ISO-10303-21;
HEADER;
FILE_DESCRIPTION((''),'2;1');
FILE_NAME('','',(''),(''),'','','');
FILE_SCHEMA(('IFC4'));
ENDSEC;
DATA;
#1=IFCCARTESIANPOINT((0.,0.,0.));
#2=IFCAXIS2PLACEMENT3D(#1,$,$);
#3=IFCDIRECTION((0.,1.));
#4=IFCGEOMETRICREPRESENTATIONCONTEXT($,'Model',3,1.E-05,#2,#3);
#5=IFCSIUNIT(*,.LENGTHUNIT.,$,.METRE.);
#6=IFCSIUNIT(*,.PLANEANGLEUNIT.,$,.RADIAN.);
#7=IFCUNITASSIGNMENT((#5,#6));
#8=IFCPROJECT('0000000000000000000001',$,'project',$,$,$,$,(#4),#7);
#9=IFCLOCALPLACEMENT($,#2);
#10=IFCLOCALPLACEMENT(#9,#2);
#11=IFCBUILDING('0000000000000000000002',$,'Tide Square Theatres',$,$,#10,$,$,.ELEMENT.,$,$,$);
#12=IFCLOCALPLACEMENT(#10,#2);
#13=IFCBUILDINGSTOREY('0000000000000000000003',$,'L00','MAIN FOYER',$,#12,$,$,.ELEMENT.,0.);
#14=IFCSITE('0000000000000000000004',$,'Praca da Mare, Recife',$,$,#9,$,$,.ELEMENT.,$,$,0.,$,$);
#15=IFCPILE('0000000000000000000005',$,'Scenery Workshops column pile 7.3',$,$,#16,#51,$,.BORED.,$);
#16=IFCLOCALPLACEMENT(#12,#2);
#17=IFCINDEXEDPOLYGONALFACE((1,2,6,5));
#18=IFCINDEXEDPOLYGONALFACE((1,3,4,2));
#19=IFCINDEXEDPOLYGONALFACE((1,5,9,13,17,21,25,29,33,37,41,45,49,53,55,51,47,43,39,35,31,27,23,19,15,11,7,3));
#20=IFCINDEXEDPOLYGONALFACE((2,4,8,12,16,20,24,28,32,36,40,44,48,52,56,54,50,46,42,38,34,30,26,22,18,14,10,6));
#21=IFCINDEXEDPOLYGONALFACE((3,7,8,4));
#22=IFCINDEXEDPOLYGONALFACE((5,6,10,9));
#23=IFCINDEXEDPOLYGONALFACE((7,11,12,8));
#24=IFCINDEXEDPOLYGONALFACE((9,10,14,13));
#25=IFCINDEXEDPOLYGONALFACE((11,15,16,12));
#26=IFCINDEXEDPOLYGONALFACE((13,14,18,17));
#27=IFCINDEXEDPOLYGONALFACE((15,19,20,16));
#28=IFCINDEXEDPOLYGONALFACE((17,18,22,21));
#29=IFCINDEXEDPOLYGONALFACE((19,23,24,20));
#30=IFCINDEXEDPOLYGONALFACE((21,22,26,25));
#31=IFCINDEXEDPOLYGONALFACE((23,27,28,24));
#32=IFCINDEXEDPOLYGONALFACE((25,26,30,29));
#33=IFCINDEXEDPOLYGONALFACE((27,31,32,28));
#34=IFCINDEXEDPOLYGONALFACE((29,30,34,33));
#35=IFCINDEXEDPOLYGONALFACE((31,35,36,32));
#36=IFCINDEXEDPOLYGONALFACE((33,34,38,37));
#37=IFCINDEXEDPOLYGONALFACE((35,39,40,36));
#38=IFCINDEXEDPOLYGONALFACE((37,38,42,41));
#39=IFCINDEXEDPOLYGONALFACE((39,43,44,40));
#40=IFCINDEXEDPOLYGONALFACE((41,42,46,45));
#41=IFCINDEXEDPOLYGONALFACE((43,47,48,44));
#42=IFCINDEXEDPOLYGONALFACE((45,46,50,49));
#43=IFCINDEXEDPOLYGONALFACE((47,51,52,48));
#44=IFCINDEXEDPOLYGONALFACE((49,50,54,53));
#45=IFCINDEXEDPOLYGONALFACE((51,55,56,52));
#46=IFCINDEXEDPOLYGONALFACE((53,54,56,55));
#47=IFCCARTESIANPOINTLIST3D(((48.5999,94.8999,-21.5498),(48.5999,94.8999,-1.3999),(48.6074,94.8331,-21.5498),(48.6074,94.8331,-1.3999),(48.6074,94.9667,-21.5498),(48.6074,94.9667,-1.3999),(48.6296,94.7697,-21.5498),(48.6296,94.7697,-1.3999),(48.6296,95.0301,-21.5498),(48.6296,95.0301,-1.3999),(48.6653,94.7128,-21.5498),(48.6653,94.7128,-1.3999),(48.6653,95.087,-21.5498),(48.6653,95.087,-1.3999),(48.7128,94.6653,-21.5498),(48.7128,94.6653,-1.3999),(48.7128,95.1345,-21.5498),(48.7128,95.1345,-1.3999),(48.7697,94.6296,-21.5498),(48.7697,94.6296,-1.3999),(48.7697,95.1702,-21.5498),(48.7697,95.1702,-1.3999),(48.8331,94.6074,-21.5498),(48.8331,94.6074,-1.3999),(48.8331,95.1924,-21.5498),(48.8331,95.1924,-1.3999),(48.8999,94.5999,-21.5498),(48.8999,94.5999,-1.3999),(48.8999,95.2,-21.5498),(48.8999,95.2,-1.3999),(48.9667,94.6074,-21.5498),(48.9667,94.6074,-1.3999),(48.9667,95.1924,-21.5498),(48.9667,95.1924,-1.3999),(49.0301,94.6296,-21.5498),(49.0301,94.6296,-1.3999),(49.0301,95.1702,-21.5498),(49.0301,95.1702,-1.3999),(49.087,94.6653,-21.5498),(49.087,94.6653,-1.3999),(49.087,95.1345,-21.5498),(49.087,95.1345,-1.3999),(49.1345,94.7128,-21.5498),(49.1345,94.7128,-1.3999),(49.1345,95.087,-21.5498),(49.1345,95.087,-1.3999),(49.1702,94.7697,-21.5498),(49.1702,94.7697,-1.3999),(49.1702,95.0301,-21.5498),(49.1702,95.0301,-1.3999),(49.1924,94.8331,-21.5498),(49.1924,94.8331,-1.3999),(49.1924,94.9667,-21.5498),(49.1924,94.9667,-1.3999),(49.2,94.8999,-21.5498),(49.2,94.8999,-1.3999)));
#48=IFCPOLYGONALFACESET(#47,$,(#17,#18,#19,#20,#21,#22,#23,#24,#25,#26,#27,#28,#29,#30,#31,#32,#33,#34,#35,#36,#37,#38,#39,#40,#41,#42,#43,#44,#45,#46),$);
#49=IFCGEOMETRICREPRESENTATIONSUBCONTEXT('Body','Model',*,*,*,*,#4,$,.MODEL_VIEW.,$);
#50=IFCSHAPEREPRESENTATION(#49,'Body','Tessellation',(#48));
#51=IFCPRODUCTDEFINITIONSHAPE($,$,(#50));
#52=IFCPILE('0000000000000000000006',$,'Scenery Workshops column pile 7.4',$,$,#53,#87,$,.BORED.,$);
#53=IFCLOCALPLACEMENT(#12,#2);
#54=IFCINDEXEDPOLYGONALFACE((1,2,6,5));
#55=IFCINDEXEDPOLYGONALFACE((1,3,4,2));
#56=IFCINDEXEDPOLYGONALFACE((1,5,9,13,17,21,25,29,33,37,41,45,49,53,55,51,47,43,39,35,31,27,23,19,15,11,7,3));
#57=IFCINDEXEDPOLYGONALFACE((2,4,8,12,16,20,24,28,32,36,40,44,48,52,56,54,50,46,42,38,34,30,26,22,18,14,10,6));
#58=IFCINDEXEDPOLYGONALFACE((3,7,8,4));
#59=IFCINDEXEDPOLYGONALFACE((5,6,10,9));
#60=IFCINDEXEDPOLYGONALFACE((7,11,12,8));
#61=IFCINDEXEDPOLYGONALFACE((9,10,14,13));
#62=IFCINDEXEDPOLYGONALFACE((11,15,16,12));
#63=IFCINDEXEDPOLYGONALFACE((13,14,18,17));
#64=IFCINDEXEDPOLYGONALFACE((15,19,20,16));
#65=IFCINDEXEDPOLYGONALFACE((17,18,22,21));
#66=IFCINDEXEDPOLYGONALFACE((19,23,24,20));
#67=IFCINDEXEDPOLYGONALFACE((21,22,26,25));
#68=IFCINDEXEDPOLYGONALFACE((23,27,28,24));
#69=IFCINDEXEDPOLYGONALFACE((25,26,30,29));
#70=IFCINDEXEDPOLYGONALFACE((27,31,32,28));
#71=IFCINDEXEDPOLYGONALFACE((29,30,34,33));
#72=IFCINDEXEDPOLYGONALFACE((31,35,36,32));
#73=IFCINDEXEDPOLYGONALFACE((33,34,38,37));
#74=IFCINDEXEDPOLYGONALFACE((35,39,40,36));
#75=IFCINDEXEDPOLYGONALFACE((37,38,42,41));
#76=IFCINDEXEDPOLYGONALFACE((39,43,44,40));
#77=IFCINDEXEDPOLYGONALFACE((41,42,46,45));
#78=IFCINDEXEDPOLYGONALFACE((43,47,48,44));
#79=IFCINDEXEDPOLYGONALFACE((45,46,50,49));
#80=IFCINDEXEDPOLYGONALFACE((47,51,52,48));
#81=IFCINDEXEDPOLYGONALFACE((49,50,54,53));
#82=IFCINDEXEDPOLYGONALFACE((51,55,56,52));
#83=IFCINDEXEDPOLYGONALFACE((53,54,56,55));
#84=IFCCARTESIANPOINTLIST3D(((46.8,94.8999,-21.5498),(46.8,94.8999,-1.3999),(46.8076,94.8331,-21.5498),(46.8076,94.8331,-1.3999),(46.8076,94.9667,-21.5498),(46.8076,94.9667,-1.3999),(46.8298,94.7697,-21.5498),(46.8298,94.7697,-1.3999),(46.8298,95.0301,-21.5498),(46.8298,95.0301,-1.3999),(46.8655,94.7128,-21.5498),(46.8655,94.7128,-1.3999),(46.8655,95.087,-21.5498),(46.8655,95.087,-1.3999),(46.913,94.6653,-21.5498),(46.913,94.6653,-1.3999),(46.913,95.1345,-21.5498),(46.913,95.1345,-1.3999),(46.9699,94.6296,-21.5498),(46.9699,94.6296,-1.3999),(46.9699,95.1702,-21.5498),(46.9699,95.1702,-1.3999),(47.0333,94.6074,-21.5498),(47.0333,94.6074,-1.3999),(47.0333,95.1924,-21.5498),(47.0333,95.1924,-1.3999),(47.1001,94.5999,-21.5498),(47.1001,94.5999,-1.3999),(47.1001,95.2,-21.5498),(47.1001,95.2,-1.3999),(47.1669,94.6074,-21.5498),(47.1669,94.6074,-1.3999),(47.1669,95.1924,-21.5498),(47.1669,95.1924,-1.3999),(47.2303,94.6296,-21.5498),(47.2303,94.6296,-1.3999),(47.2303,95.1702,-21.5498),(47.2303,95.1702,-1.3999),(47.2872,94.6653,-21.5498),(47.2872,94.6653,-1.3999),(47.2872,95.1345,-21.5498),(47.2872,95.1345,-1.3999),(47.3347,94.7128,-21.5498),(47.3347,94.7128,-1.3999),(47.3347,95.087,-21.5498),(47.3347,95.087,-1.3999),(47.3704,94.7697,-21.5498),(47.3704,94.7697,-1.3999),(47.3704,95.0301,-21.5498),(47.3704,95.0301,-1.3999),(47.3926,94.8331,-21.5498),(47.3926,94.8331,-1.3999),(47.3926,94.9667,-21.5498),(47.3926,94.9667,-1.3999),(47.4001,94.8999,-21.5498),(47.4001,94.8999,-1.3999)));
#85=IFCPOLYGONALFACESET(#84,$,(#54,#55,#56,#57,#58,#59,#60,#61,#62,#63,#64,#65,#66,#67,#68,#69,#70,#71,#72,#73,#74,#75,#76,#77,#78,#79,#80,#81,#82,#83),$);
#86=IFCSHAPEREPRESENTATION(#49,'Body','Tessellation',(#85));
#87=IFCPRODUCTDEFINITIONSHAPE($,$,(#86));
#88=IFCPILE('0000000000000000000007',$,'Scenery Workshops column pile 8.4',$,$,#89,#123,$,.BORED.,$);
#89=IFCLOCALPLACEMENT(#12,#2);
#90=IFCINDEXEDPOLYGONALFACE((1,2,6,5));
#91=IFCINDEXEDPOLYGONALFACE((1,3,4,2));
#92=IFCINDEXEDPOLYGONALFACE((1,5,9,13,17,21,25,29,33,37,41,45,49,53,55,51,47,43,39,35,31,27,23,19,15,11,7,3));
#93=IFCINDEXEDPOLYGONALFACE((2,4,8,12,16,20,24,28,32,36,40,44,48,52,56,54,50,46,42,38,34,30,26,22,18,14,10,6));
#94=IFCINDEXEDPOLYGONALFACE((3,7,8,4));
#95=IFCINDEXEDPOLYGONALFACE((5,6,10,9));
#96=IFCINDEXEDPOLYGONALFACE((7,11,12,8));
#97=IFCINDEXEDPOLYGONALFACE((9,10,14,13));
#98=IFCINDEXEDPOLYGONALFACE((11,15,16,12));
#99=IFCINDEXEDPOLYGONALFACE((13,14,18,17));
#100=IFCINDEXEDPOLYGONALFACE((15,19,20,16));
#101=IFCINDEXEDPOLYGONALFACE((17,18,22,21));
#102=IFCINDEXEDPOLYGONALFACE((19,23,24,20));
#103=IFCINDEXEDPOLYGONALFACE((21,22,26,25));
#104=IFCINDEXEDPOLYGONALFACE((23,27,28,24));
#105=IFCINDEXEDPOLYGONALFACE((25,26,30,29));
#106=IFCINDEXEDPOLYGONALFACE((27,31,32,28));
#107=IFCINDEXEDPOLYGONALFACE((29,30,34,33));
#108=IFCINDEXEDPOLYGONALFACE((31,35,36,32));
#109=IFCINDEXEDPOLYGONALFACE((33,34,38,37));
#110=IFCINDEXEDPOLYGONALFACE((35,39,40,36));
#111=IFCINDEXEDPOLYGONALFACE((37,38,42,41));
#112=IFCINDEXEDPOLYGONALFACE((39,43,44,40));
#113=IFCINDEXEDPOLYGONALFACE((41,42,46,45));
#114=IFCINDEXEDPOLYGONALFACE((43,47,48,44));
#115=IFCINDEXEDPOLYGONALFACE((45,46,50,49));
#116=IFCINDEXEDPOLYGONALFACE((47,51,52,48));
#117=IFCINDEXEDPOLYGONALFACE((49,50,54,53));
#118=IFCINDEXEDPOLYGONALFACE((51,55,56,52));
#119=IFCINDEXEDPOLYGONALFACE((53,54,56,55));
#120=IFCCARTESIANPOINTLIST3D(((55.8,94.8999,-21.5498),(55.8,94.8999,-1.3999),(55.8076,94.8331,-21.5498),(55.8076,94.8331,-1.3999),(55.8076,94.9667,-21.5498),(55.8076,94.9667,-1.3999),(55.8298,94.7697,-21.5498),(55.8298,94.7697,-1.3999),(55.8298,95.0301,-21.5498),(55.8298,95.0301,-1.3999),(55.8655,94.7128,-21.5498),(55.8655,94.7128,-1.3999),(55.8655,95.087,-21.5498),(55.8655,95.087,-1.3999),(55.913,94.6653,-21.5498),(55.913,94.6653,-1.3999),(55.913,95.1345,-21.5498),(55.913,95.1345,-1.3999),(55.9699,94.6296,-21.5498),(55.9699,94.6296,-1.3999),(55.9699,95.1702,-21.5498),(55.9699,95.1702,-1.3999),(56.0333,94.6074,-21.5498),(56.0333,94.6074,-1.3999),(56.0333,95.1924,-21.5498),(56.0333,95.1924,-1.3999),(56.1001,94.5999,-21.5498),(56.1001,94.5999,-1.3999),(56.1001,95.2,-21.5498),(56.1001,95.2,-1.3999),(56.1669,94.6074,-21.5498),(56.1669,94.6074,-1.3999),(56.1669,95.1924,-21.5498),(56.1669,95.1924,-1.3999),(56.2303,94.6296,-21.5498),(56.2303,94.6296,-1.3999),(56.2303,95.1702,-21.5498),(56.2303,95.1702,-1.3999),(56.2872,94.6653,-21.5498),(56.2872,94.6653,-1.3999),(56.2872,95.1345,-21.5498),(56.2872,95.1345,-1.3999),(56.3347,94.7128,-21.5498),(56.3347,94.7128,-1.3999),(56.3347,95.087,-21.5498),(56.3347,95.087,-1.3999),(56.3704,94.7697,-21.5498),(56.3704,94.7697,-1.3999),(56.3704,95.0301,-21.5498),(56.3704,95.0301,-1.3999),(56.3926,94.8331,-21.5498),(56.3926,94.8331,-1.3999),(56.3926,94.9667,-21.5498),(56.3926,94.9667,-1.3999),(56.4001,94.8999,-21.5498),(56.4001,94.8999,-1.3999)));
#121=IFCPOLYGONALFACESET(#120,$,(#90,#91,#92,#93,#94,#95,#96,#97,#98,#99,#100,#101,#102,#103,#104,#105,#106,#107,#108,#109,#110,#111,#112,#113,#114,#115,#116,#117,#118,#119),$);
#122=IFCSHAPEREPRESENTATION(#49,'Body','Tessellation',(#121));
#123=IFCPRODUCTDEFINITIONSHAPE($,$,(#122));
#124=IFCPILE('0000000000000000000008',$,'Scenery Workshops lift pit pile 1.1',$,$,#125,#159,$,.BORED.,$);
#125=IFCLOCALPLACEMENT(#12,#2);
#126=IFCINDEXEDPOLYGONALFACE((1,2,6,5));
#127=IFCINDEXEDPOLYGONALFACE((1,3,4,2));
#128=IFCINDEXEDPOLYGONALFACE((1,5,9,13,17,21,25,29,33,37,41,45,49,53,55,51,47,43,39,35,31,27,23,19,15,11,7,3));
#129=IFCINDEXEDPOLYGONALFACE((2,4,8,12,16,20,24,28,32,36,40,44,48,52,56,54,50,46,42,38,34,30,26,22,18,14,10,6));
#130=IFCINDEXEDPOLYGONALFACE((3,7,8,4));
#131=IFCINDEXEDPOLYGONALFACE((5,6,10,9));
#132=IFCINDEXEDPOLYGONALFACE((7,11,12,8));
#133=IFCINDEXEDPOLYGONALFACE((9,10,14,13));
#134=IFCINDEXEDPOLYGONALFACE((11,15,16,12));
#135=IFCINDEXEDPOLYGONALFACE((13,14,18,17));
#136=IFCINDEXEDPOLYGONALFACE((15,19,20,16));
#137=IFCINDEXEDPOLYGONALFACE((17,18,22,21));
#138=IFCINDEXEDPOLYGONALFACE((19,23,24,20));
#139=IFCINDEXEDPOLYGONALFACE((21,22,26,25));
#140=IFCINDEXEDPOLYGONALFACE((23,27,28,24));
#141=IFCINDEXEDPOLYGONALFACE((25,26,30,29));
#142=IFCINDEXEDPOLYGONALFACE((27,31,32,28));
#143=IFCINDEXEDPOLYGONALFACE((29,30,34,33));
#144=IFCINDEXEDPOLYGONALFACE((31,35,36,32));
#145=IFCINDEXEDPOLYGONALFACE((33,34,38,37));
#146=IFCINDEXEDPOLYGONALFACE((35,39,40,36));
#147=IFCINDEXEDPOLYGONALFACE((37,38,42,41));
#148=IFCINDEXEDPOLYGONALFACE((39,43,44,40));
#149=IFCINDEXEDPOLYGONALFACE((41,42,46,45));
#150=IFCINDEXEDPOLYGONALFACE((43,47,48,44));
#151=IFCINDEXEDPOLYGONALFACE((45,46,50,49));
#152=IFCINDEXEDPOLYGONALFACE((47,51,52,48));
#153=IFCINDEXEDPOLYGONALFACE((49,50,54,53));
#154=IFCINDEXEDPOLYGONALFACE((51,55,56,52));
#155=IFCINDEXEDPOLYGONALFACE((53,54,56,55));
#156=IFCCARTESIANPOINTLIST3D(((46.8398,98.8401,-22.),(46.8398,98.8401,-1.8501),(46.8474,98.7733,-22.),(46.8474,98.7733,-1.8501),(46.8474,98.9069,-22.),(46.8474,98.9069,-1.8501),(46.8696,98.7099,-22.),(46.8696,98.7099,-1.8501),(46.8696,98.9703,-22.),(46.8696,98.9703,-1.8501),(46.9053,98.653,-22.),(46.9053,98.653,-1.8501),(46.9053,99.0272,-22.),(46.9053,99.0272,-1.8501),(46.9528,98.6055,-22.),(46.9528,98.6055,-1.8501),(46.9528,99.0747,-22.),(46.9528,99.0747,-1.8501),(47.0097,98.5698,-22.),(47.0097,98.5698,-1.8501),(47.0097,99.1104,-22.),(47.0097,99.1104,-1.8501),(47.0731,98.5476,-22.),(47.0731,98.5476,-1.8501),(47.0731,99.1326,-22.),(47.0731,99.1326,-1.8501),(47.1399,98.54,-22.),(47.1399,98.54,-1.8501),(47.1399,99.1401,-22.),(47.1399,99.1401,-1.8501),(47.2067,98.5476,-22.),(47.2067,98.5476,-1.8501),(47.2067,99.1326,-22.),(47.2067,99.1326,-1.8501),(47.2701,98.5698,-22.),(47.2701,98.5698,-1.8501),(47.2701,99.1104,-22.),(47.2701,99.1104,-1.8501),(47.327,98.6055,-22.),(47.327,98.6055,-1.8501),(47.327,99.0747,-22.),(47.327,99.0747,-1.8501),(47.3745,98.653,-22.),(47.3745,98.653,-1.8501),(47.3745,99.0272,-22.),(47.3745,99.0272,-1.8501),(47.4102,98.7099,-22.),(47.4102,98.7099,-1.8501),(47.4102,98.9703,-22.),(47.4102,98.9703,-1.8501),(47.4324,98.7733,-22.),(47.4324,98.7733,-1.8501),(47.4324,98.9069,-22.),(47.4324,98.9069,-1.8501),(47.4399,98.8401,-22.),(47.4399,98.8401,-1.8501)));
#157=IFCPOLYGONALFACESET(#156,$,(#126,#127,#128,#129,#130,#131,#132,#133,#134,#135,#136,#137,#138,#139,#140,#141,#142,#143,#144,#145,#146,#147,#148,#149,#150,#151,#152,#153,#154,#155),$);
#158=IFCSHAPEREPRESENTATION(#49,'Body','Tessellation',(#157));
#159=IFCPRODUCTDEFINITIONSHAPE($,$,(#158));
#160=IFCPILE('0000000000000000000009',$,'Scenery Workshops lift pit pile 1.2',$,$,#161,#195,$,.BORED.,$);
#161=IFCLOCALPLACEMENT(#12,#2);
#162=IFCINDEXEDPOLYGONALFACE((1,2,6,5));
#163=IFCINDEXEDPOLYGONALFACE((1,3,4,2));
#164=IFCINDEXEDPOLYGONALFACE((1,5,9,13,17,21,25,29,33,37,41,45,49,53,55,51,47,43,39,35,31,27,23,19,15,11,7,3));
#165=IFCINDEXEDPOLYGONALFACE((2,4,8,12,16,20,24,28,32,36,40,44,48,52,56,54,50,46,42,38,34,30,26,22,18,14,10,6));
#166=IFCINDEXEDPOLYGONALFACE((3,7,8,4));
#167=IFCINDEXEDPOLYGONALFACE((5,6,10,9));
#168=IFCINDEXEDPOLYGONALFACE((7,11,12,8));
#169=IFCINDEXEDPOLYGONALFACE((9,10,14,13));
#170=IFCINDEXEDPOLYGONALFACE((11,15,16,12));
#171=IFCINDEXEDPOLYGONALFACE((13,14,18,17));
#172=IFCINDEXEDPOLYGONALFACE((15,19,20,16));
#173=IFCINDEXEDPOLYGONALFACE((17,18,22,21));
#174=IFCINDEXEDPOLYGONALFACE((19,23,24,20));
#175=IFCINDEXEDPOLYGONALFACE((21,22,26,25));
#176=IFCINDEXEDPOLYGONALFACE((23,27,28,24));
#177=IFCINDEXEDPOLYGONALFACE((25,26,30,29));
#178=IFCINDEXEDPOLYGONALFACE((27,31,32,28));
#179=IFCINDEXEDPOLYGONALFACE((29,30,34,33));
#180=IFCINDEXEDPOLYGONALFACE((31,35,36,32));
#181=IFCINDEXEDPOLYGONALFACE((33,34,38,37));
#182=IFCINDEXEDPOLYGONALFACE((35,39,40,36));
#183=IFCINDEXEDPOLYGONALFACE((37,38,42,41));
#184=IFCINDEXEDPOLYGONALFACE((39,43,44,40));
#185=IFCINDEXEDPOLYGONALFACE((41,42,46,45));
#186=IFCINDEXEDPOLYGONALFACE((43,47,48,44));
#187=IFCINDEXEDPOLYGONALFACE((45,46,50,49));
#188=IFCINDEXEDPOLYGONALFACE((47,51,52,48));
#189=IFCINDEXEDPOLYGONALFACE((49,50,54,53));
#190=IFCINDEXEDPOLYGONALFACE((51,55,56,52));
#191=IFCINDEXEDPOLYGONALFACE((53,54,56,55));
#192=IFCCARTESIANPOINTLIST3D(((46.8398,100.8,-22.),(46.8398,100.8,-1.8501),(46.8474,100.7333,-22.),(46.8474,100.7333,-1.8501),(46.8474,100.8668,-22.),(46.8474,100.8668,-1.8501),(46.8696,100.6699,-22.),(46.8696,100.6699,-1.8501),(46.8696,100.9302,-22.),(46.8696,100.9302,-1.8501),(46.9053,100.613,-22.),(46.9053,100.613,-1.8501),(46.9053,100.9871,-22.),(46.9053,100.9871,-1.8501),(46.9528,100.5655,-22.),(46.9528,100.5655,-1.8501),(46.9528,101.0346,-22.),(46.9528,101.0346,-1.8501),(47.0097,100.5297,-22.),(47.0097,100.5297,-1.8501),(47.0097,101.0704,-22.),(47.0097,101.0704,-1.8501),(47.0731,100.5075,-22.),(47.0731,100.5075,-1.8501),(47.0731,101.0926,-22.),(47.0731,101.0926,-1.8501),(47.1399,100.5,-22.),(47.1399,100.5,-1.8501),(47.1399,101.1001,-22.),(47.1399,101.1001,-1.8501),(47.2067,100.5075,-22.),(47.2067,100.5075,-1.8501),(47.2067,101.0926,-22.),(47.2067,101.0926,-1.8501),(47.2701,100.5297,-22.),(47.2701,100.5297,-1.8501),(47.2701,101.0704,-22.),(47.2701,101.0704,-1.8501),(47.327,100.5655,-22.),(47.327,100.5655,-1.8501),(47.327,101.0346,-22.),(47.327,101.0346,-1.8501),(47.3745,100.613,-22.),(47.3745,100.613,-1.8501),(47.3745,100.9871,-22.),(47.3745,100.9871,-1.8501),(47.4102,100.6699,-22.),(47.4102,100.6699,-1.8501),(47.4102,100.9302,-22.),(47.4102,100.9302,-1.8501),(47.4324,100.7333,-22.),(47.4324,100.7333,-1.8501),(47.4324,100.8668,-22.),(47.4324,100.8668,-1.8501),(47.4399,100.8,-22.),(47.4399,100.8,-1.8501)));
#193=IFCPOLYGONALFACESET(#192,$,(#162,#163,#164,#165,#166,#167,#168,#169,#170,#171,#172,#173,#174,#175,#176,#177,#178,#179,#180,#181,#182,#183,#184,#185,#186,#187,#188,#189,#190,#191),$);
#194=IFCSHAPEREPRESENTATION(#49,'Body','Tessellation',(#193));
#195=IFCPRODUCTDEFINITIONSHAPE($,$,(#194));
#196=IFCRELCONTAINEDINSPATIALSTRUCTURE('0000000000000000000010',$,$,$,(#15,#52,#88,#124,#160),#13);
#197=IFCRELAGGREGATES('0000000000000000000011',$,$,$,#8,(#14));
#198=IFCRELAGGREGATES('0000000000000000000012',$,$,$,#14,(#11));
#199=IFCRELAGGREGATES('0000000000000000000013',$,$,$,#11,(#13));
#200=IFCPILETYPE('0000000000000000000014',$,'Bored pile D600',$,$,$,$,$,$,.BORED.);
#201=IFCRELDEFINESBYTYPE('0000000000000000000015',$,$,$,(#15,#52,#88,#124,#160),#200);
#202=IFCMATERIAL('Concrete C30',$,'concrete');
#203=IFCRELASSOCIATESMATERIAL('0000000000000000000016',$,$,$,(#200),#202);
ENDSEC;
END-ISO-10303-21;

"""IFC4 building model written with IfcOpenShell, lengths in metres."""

from ifc_helpers import new_model, si_unit, direction, frame, origin, origin_2d, place, context, subcontext, project, spatial, circle, extrude, material, material_profile, profile_set, type_object, element, save


model = new_model("IFC4")

# Units and contexts
model_context = context("Model", 3, precision=1e-05, world=origin(), true_north=direction((0.0, 1.0)))
body_context = subcontext(model_context, "Body", "Model", "MODEL_VIEW")
ifc_project = project(units=[si_unit("LENGTHUNIT", "METRE"), si_unit("PLANEANGLEUNIT", "RADIAN")], contexts=[model_context])

# Site, building, storey
site_placement = place(None, origin())
site = spatial("IfcSite", under=ifc_project, at=site_placement, Name="Praca da Mare, Recife", CompositionType="ELEMENT", RefElevation=0.0)
building_placement = place(site_placement, origin())
building = spatial("IfcBuilding", under=site, at=building_placement, Name="Tide Square Theatres", CompositionType="ELEMENT")
storey_placement = place(building_placement, origin())
storey = spatial("IfcBuildingStorey", under=building, at=storey_placement, Name="L00", Description="MAIN FOYER", CompositionType="ELEMENT", Elevation=0.0)

# Piles
ifc_material_1 = material(Name="Concrete C30", Category="concrete")
ifc_material_profile_1 = material_profile(ifc_material_1, circle(Radius=0.3, at=origin_2d()))
ifc_profile_set_1 = profile_set([ifc_material_profile_1], Name="Concrete C30")
pile_type = type_object("IfcPileType", Name="Bored pile D600", PredefinedType="BORED", material=ifc_profile_set_1)
for number, where, z_axis, x_axis, name in (
    (1, (48.8999, 94.8999, -1.3999), (0.0, 0.0, -1.0), (1.0, 0.0, 0.0), "Scenery Workshops column pile 7.3"),
    (2, (47.1001, 94.8999, -1.3999), (0.0, 0.0, -1.0), (1.0, 0.0, 0.0), "Scenery Workshops column pile 7.4"),
    (3, (56.1001, 94.8999, -1.3999), (0.0, 0.0, -1.0), (1.0, 0.0, 0.0), "Scenery Workshops column pile 8.4"),
    (4, (47.1399, 98.8401, -1.8501), (0.0, 0.0, -1.0), (1.0, 0.0, 0.0), "Scenery Workshops lift pit pile 1.1"),
    (5, (47.1399, 100.8, -1.8501), (0.0, 0.0, -1.0), (1.0, 0.0, 0.0), "Scenery Workshops lift pit pile 1.2"),
):
    element("IfcPile", number, at=place(storey_placement, frame(where, z_axis=z_axis, x_axis=x_axis)), inside=storey, type_object=pile_type, Name=name, PredefinedType="BORED", context=body_context, shape_type="SweptSolid", body=[
        extrude(circle(Radius=0.3, at=origin_2d()), origin(), (0.0, 0.0, 1.0), 20.1499),
    ])

save(model, "model.ifc")
